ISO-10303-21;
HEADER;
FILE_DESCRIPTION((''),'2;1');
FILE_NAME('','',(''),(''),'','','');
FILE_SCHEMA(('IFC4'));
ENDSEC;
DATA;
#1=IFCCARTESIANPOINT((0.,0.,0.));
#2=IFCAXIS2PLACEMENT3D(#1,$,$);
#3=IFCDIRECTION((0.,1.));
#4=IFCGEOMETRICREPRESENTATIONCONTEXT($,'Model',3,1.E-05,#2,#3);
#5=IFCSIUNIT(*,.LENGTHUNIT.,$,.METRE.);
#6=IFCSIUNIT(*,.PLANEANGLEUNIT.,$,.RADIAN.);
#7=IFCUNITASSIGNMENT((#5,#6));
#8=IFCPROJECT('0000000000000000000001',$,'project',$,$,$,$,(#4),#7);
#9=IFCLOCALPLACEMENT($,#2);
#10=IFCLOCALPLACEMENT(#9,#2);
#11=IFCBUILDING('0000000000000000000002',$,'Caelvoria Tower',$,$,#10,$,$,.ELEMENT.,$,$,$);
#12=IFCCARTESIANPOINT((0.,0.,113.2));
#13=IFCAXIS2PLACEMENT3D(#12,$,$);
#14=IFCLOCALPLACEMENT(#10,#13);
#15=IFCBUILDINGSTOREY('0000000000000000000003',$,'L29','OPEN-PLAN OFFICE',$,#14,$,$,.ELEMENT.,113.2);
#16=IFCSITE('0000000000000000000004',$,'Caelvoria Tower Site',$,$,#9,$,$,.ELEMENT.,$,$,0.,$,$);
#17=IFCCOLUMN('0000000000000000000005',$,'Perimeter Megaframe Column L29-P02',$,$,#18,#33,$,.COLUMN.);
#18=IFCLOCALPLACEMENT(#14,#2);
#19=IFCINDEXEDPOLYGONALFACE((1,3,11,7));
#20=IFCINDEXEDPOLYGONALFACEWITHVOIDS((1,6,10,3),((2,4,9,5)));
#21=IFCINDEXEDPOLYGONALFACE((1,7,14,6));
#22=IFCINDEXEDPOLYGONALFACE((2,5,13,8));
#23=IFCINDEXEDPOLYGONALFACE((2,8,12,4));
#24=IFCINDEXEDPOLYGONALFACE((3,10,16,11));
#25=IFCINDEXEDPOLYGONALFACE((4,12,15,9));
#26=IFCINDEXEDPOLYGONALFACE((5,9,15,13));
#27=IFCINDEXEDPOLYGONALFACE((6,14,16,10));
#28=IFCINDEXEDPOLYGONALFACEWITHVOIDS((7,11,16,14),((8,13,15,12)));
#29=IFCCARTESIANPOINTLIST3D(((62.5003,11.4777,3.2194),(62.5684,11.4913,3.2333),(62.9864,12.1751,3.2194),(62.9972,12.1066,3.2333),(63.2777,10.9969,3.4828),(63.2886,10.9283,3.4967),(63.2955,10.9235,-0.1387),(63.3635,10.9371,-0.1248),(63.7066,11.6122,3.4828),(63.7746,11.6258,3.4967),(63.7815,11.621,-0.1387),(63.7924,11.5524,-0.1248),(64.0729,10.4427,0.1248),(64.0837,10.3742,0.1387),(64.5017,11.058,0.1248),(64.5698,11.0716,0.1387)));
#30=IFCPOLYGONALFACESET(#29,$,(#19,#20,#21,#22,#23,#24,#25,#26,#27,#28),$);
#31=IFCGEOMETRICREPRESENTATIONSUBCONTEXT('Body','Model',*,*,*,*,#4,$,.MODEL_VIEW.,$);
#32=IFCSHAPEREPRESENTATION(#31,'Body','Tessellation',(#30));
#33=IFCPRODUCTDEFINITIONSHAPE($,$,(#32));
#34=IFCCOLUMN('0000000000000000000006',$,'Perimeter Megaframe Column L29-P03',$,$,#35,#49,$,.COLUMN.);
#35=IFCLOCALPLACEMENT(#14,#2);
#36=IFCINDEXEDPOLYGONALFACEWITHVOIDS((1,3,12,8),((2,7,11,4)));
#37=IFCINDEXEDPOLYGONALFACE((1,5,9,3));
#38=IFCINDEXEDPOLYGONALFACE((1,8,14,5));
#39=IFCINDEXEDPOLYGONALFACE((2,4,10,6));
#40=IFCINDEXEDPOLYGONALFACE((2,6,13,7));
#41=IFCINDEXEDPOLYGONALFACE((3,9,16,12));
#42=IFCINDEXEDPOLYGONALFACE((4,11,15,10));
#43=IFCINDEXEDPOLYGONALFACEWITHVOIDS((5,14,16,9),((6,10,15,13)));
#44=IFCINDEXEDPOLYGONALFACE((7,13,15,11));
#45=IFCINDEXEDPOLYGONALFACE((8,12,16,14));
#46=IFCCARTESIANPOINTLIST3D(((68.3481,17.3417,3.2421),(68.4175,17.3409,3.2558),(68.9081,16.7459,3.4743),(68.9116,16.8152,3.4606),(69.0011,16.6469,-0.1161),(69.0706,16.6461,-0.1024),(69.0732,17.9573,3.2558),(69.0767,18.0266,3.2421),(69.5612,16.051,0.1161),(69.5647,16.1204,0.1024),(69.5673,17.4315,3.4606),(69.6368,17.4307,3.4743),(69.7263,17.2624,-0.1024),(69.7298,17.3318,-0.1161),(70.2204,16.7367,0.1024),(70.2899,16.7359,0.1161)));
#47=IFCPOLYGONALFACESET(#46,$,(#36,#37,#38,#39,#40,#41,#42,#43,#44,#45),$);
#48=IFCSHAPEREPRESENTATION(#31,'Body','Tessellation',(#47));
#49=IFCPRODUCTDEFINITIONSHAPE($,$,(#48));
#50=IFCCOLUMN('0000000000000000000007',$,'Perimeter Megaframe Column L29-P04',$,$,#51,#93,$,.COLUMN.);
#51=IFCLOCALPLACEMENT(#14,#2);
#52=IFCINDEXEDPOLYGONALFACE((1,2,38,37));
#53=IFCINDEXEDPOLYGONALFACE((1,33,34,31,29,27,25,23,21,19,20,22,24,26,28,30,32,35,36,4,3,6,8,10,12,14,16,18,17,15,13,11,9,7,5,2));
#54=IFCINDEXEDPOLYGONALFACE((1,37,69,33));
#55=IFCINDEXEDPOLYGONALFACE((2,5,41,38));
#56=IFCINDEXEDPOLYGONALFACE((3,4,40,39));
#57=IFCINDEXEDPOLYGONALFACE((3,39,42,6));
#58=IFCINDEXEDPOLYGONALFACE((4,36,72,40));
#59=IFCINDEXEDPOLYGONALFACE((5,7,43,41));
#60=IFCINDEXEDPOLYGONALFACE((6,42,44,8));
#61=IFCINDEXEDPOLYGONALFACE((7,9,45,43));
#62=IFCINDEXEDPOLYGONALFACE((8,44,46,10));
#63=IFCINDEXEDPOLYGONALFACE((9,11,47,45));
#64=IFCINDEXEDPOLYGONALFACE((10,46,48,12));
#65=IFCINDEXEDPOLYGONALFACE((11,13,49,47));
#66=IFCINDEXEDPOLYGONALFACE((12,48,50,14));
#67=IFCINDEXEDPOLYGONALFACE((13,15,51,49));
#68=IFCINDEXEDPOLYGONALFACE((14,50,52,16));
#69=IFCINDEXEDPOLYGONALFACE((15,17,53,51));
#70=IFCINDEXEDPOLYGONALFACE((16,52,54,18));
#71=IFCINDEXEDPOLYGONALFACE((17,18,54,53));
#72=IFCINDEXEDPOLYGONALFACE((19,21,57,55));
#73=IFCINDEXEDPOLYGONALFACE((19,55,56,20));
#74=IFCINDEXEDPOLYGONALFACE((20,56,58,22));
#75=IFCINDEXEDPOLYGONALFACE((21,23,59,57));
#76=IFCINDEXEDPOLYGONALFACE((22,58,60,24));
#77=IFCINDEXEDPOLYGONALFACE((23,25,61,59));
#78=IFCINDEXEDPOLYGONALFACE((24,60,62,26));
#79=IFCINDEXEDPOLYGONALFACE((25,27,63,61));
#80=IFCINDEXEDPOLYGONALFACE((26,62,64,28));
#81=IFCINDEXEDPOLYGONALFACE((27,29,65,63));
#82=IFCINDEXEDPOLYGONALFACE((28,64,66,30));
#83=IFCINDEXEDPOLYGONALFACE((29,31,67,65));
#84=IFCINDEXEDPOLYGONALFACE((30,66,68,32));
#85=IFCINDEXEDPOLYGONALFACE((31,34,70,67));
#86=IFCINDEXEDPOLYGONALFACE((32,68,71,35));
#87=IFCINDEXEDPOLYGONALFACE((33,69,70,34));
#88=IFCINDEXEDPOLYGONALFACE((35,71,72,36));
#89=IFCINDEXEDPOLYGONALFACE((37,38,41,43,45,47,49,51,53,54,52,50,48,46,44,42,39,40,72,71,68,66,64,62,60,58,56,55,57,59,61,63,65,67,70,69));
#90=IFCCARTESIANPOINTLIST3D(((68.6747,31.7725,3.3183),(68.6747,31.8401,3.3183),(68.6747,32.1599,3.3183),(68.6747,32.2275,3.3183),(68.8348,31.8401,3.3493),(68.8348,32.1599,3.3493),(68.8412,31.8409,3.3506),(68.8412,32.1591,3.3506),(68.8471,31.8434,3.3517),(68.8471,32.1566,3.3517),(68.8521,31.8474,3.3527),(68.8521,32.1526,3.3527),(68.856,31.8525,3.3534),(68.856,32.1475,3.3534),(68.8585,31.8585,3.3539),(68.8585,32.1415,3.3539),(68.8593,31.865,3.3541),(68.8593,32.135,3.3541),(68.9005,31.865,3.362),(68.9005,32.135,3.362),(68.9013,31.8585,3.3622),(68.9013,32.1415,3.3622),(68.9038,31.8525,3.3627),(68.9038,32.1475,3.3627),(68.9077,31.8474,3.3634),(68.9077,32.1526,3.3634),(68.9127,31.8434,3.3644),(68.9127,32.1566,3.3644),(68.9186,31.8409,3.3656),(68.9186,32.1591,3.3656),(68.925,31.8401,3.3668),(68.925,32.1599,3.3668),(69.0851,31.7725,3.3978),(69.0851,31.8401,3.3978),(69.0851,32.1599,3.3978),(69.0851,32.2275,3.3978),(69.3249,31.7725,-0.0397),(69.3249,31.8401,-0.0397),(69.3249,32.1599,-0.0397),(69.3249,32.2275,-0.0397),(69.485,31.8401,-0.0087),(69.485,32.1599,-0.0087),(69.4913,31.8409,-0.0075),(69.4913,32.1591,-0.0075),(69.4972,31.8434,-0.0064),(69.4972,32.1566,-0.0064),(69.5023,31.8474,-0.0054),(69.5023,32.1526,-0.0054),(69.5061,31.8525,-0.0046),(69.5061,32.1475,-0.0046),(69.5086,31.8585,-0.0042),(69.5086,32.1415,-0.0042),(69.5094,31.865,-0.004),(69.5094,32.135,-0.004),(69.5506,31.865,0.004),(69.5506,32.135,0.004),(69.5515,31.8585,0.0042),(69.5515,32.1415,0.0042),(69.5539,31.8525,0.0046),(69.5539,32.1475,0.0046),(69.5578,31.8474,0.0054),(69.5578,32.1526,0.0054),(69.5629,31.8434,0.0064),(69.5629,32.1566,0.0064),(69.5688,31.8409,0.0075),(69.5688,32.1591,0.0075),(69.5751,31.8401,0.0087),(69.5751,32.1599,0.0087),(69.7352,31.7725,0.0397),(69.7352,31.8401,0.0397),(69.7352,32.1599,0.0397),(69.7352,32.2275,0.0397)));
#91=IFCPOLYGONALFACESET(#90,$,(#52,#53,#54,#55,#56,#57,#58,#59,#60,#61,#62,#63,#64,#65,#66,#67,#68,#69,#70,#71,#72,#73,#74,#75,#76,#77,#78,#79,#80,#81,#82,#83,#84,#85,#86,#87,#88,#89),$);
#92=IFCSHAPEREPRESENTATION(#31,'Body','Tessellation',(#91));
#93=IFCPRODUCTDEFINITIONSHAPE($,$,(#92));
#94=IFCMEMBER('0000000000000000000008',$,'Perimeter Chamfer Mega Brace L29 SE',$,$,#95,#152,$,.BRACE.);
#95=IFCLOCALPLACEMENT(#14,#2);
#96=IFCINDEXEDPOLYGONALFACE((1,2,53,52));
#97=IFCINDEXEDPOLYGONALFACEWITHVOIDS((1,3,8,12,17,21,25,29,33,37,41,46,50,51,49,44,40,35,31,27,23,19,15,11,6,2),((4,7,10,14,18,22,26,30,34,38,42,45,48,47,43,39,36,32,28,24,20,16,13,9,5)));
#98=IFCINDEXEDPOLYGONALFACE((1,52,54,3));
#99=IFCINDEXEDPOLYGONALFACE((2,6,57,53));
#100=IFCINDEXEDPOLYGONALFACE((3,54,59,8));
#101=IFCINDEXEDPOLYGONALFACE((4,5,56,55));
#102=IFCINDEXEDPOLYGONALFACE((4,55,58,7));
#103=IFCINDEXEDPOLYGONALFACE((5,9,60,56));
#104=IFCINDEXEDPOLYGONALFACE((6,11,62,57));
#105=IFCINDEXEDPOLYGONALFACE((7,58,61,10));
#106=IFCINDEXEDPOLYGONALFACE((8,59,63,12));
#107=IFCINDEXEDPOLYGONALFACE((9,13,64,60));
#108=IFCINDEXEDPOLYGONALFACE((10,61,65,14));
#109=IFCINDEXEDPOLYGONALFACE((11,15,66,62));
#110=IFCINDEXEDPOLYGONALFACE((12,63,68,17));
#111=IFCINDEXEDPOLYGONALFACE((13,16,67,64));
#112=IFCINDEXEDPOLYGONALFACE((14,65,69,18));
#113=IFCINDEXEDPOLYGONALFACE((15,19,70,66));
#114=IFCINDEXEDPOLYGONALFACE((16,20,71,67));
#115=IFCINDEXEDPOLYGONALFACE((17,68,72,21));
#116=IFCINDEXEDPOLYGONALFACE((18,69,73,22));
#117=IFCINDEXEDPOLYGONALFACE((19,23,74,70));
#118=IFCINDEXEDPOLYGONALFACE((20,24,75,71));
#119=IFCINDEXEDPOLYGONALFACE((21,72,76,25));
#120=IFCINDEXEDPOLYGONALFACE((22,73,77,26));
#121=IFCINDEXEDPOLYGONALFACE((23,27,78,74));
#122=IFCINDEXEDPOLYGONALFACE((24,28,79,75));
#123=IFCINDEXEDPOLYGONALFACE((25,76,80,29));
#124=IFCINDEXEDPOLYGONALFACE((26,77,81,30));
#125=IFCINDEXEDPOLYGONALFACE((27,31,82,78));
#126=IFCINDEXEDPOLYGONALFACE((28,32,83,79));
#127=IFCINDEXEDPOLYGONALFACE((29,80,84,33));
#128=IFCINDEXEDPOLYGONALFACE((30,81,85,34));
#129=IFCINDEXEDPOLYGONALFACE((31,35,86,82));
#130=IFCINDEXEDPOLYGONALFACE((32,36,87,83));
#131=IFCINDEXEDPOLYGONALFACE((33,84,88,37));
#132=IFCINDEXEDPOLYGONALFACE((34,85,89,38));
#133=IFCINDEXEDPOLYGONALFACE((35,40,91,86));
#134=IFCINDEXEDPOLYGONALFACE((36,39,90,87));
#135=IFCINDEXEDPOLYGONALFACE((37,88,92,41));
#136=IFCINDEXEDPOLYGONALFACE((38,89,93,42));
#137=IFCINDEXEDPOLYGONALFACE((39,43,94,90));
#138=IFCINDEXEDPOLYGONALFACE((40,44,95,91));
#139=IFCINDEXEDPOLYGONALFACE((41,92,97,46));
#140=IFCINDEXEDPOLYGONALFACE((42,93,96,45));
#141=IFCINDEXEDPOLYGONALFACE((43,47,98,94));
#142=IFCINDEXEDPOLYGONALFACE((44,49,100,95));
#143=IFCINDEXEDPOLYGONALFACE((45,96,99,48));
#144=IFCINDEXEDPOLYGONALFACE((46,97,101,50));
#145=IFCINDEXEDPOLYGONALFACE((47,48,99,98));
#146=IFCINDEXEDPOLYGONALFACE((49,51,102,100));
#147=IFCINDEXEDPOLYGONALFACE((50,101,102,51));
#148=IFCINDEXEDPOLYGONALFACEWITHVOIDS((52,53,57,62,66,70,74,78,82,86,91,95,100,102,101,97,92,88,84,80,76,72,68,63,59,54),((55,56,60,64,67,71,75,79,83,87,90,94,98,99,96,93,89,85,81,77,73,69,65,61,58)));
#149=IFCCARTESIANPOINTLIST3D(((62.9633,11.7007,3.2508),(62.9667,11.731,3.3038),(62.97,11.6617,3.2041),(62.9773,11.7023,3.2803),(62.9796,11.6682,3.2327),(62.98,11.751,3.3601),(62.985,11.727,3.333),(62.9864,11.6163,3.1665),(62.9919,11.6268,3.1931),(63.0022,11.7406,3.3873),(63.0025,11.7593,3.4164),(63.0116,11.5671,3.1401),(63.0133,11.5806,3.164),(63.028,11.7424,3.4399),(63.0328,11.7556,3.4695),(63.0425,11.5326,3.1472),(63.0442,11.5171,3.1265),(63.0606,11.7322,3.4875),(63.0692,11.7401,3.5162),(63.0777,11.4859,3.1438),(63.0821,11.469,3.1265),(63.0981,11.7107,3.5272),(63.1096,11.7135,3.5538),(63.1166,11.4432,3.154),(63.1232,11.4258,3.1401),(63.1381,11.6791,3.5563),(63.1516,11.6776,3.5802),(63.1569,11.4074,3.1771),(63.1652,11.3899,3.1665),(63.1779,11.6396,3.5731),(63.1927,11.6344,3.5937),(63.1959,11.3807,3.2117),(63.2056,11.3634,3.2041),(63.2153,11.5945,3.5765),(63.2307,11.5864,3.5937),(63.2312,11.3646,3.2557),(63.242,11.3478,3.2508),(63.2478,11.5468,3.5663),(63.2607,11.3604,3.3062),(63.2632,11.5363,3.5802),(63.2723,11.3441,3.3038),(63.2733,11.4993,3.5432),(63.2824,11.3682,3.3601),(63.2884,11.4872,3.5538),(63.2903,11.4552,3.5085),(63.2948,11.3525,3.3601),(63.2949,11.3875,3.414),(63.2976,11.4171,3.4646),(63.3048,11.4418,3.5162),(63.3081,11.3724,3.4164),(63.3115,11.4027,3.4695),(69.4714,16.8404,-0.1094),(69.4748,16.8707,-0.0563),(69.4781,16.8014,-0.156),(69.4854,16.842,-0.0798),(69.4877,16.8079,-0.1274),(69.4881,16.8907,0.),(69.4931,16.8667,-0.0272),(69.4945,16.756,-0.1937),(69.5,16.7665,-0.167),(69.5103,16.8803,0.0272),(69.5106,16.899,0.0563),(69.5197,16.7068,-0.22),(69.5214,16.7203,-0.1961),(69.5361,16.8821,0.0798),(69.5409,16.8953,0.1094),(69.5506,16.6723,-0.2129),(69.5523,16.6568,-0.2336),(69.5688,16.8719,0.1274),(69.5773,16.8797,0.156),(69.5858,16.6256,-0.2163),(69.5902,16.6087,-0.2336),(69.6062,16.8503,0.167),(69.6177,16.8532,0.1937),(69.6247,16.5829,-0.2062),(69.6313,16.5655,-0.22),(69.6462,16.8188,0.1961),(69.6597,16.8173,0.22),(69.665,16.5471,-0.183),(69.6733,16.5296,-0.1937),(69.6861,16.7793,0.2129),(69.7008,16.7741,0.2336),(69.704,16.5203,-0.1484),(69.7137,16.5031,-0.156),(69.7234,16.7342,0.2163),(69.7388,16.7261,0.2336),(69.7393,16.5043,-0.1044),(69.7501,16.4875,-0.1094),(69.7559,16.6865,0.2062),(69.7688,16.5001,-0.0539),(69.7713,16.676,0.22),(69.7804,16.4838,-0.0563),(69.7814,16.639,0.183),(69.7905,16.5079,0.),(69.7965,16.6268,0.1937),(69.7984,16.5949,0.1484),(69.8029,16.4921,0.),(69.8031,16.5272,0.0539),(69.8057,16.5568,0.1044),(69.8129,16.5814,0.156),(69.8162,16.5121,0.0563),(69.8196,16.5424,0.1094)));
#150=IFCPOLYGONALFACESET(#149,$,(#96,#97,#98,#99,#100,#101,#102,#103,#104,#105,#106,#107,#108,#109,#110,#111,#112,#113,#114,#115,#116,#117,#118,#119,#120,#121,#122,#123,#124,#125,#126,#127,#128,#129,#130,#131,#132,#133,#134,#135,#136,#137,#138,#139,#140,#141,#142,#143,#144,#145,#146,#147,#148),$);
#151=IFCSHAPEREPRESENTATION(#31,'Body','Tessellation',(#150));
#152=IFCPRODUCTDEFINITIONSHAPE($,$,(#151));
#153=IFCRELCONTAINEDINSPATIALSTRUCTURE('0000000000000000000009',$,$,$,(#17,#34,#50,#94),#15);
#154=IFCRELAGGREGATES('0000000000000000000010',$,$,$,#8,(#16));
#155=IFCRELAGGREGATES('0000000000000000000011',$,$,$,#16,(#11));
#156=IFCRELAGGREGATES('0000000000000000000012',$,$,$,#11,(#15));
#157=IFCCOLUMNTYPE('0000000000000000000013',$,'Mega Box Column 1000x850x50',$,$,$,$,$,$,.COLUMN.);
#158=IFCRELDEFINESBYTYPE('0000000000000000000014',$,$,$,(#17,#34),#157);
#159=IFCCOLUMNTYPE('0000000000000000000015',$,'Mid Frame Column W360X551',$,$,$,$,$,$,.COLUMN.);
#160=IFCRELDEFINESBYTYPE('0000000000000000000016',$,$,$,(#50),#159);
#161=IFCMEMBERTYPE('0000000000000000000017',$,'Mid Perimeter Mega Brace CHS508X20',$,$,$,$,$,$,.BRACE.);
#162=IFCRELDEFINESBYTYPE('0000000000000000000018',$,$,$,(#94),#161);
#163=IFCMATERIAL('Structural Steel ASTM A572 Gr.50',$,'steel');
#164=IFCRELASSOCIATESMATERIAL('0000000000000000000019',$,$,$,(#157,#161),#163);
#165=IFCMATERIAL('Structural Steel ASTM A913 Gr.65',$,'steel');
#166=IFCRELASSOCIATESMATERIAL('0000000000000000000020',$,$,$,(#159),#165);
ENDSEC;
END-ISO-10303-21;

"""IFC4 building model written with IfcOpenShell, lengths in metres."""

from ifc_helpers import new_model, si_unit, direction, frame, origin, origin_2d, place, context, subcontext, project, spatial, hollow_rectangle, hollow_circle, i_section, extrude, material, material_profile, profile_set, type_object, element, save


model = new_model("IFC4")

# Units and contexts
model_context = context("Model", 3, precision=1e-05, world=origin(), true_north=direction((0.0, 1.0)))
body_context = subcontext(model_context, "Body", "Model", "MODEL_VIEW")
ifc_project = project(units=[si_unit("LENGTHUNIT", "METRE"), si_unit("PLANEANGLEUNIT", "RADIAN")], contexts=[model_context])

# Site, building, storey
site_placement = place(None, origin())
site = spatial("IfcSite", under=ifc_project, at=site_placement, Name="Caelvoria Tower Site", CompositionType="ELEMENT", RefElevation=0.0)
building_placement = place(site_placement, origin())
building = spatial("IfcBuilding", under=site, at=building_placement, Name="Caelvoria Tower", CompositionType="ELEMENT")
storey_placement = place(building_placement, frame((0.0, 0.0, 113.2)))
storey = spatial("IfcBuildingStorey", under=building, at=storey_placement, Name="L29", Description="OPEN-PLAN OFFICE", CompositionType="ELEMENT", Elevation=113.2)

# Columns
ifc_material_1 = material(Name="Structural Steel ASTM A572 Gr.50", Category="steel")
ifc_material_profile_1 = material_profile(ifc_material_1, hollow_rectangle(XDim=0.8501, YDim=1.0, WallThickness=0.05, at=origin_2d()), Name="Structural Steel ASTM A572 Gr.50")
ifc_profile_set_1 = profile_set([ifc_material_profile_1], Name="BOX1000X850X50 - Structural Steel ASTM A572 Gr.50")
column_type_1 = type_object("IfcColumnType", Name="Mega Box Column 1000x850x50", PredefinedType="COLUMN", material=ifc_profile_set_1)
column_1_placement = place(storey_placement, frame((63.9326, 10.9976, 0.0), z_axis=(-0.2275, 0.158559, 0.960782), x_axis=(-0.571788, -0.820402, 0.0)))
element("IfcColumn", 1, at=column_1_placement, inside=storey, type_object=column_type_1, Name="Perimeter Megaframe Column L29-P02", PredefinedType="COLUMN", context=body_context, shape_type="SweptSolid", body=[
    extrude(hollow_rectangle(XDim=0.8501, YDim=1.0, WallThickness=0.05, at=origin_2d()), origin(), (0.0, 0.0, 1.0), 3.4951),
])
column_2_placement = place(storey_placement, frame((69.6455, 16.6914, 0.0), z_axis=(-0.187079, 0.199038, 0.96197), x_axis=(0.658831, -0.700947, 0.273157)))
element("IfcColumn", 2, at=column_2_placement, inside=storey, type_object=column_type_1, Name="Perimeter Megaframe Column L29-P03", PredefinedType="COLUMN", context=body_context, shape_type="SweptSolid", body=[
    extrude(hollow_rectangle(XDim=0.8501, YDim=1.0, WallThickness=0.05, at=origin_2d()), origin(), (0.0, 0.0, 1.0), 3.491),
])
ifc_material_2 = material(Name="Structural Steel ASTM A913 Gr.65", Category="steel")
ifc_material_profile_2 = material_profile(ifc_material_2, i_section(OverallWidth=0.418, OverallDepth=0.4551, WebThickness=0.042, FlangeThickness=0.0676, FilletRadius=0.0249, at=origin_2d()), Name="Structural Steel ASTM A913 Gr.65")
ifc_profile_set_2 = profile_set([ifc_material_profile_2], Name="W360X551 - Structural Steel ASTM A913 Gr.65")
column_type_2 = type_object("IfcColumnType", Name="Mid Frame Column W360X551", PredefinedType="COLUMN", material=ifc_profile_set_2)
column_3_placement = place(storey_placement, frame((69.53, 32.0, 0.0), z_axis=(-0.190073, 0.0, 0.98177), x_axis=(0.98177, 0.0, 0.190073)))
element("IfcColumn", 3, at=column_3_placement, inside=storey, type_object=column_type_2, Name="Perimeter Megaframe Column L29-P04", PredefinedType="COLUMN", context=body_context, shape_type="SweptSolid", body=[
    extrude(i_section(OverallWidth=0.418, OverallDepth=0.4551, WebThickness=0.042, FlangeThickness=0.0676, FilletRadius=0.0249, at=origin_2d()), origin(), (0.0, 0.0, 1.0), 3.4204),
])

# Member
ifc_material_profile_3 = material_profile(ifc_material_1, hollow_circle(Radius=0.2539, WallThickness=0.02, at=origin_2d()), Name="Structural Steel ASTM A572 Gr.50")
ifc_profile_set_3 = profile_set([ifc_material_profile_3], Name="CHS508X20 - Structural Steel ASTM A572 Gr.50")
member_type = type_object("IfcMemberType", Name="Mid Perimeter Mega Brace CHS508X20", PredefinedType="BRACE", material=ifc_profile_set_3)
member_placement = place(storey_placement, frame((69.6455, 16.6914, 0.0), z_axis=(-0.727345, -0.574411, 0.375528), x_axis=(0.619771, -0.784783, 0.0)))
element("IfcMember", 4, at=member_placement, inside=storey, type_object=member_type, Name="Perimeter Chamfer Mega Brace L29 SE", PredefinedType="BRACE", context=body_context, shape_type="SweptSolid", body=[
    extrude(hollow_circle(Radius=0.2539, WallThickness=0.02, at=origin_2d()), origin(), (0.0, 0.0, 1.0), 8.9478),
])

save(model, "model.ifc")
